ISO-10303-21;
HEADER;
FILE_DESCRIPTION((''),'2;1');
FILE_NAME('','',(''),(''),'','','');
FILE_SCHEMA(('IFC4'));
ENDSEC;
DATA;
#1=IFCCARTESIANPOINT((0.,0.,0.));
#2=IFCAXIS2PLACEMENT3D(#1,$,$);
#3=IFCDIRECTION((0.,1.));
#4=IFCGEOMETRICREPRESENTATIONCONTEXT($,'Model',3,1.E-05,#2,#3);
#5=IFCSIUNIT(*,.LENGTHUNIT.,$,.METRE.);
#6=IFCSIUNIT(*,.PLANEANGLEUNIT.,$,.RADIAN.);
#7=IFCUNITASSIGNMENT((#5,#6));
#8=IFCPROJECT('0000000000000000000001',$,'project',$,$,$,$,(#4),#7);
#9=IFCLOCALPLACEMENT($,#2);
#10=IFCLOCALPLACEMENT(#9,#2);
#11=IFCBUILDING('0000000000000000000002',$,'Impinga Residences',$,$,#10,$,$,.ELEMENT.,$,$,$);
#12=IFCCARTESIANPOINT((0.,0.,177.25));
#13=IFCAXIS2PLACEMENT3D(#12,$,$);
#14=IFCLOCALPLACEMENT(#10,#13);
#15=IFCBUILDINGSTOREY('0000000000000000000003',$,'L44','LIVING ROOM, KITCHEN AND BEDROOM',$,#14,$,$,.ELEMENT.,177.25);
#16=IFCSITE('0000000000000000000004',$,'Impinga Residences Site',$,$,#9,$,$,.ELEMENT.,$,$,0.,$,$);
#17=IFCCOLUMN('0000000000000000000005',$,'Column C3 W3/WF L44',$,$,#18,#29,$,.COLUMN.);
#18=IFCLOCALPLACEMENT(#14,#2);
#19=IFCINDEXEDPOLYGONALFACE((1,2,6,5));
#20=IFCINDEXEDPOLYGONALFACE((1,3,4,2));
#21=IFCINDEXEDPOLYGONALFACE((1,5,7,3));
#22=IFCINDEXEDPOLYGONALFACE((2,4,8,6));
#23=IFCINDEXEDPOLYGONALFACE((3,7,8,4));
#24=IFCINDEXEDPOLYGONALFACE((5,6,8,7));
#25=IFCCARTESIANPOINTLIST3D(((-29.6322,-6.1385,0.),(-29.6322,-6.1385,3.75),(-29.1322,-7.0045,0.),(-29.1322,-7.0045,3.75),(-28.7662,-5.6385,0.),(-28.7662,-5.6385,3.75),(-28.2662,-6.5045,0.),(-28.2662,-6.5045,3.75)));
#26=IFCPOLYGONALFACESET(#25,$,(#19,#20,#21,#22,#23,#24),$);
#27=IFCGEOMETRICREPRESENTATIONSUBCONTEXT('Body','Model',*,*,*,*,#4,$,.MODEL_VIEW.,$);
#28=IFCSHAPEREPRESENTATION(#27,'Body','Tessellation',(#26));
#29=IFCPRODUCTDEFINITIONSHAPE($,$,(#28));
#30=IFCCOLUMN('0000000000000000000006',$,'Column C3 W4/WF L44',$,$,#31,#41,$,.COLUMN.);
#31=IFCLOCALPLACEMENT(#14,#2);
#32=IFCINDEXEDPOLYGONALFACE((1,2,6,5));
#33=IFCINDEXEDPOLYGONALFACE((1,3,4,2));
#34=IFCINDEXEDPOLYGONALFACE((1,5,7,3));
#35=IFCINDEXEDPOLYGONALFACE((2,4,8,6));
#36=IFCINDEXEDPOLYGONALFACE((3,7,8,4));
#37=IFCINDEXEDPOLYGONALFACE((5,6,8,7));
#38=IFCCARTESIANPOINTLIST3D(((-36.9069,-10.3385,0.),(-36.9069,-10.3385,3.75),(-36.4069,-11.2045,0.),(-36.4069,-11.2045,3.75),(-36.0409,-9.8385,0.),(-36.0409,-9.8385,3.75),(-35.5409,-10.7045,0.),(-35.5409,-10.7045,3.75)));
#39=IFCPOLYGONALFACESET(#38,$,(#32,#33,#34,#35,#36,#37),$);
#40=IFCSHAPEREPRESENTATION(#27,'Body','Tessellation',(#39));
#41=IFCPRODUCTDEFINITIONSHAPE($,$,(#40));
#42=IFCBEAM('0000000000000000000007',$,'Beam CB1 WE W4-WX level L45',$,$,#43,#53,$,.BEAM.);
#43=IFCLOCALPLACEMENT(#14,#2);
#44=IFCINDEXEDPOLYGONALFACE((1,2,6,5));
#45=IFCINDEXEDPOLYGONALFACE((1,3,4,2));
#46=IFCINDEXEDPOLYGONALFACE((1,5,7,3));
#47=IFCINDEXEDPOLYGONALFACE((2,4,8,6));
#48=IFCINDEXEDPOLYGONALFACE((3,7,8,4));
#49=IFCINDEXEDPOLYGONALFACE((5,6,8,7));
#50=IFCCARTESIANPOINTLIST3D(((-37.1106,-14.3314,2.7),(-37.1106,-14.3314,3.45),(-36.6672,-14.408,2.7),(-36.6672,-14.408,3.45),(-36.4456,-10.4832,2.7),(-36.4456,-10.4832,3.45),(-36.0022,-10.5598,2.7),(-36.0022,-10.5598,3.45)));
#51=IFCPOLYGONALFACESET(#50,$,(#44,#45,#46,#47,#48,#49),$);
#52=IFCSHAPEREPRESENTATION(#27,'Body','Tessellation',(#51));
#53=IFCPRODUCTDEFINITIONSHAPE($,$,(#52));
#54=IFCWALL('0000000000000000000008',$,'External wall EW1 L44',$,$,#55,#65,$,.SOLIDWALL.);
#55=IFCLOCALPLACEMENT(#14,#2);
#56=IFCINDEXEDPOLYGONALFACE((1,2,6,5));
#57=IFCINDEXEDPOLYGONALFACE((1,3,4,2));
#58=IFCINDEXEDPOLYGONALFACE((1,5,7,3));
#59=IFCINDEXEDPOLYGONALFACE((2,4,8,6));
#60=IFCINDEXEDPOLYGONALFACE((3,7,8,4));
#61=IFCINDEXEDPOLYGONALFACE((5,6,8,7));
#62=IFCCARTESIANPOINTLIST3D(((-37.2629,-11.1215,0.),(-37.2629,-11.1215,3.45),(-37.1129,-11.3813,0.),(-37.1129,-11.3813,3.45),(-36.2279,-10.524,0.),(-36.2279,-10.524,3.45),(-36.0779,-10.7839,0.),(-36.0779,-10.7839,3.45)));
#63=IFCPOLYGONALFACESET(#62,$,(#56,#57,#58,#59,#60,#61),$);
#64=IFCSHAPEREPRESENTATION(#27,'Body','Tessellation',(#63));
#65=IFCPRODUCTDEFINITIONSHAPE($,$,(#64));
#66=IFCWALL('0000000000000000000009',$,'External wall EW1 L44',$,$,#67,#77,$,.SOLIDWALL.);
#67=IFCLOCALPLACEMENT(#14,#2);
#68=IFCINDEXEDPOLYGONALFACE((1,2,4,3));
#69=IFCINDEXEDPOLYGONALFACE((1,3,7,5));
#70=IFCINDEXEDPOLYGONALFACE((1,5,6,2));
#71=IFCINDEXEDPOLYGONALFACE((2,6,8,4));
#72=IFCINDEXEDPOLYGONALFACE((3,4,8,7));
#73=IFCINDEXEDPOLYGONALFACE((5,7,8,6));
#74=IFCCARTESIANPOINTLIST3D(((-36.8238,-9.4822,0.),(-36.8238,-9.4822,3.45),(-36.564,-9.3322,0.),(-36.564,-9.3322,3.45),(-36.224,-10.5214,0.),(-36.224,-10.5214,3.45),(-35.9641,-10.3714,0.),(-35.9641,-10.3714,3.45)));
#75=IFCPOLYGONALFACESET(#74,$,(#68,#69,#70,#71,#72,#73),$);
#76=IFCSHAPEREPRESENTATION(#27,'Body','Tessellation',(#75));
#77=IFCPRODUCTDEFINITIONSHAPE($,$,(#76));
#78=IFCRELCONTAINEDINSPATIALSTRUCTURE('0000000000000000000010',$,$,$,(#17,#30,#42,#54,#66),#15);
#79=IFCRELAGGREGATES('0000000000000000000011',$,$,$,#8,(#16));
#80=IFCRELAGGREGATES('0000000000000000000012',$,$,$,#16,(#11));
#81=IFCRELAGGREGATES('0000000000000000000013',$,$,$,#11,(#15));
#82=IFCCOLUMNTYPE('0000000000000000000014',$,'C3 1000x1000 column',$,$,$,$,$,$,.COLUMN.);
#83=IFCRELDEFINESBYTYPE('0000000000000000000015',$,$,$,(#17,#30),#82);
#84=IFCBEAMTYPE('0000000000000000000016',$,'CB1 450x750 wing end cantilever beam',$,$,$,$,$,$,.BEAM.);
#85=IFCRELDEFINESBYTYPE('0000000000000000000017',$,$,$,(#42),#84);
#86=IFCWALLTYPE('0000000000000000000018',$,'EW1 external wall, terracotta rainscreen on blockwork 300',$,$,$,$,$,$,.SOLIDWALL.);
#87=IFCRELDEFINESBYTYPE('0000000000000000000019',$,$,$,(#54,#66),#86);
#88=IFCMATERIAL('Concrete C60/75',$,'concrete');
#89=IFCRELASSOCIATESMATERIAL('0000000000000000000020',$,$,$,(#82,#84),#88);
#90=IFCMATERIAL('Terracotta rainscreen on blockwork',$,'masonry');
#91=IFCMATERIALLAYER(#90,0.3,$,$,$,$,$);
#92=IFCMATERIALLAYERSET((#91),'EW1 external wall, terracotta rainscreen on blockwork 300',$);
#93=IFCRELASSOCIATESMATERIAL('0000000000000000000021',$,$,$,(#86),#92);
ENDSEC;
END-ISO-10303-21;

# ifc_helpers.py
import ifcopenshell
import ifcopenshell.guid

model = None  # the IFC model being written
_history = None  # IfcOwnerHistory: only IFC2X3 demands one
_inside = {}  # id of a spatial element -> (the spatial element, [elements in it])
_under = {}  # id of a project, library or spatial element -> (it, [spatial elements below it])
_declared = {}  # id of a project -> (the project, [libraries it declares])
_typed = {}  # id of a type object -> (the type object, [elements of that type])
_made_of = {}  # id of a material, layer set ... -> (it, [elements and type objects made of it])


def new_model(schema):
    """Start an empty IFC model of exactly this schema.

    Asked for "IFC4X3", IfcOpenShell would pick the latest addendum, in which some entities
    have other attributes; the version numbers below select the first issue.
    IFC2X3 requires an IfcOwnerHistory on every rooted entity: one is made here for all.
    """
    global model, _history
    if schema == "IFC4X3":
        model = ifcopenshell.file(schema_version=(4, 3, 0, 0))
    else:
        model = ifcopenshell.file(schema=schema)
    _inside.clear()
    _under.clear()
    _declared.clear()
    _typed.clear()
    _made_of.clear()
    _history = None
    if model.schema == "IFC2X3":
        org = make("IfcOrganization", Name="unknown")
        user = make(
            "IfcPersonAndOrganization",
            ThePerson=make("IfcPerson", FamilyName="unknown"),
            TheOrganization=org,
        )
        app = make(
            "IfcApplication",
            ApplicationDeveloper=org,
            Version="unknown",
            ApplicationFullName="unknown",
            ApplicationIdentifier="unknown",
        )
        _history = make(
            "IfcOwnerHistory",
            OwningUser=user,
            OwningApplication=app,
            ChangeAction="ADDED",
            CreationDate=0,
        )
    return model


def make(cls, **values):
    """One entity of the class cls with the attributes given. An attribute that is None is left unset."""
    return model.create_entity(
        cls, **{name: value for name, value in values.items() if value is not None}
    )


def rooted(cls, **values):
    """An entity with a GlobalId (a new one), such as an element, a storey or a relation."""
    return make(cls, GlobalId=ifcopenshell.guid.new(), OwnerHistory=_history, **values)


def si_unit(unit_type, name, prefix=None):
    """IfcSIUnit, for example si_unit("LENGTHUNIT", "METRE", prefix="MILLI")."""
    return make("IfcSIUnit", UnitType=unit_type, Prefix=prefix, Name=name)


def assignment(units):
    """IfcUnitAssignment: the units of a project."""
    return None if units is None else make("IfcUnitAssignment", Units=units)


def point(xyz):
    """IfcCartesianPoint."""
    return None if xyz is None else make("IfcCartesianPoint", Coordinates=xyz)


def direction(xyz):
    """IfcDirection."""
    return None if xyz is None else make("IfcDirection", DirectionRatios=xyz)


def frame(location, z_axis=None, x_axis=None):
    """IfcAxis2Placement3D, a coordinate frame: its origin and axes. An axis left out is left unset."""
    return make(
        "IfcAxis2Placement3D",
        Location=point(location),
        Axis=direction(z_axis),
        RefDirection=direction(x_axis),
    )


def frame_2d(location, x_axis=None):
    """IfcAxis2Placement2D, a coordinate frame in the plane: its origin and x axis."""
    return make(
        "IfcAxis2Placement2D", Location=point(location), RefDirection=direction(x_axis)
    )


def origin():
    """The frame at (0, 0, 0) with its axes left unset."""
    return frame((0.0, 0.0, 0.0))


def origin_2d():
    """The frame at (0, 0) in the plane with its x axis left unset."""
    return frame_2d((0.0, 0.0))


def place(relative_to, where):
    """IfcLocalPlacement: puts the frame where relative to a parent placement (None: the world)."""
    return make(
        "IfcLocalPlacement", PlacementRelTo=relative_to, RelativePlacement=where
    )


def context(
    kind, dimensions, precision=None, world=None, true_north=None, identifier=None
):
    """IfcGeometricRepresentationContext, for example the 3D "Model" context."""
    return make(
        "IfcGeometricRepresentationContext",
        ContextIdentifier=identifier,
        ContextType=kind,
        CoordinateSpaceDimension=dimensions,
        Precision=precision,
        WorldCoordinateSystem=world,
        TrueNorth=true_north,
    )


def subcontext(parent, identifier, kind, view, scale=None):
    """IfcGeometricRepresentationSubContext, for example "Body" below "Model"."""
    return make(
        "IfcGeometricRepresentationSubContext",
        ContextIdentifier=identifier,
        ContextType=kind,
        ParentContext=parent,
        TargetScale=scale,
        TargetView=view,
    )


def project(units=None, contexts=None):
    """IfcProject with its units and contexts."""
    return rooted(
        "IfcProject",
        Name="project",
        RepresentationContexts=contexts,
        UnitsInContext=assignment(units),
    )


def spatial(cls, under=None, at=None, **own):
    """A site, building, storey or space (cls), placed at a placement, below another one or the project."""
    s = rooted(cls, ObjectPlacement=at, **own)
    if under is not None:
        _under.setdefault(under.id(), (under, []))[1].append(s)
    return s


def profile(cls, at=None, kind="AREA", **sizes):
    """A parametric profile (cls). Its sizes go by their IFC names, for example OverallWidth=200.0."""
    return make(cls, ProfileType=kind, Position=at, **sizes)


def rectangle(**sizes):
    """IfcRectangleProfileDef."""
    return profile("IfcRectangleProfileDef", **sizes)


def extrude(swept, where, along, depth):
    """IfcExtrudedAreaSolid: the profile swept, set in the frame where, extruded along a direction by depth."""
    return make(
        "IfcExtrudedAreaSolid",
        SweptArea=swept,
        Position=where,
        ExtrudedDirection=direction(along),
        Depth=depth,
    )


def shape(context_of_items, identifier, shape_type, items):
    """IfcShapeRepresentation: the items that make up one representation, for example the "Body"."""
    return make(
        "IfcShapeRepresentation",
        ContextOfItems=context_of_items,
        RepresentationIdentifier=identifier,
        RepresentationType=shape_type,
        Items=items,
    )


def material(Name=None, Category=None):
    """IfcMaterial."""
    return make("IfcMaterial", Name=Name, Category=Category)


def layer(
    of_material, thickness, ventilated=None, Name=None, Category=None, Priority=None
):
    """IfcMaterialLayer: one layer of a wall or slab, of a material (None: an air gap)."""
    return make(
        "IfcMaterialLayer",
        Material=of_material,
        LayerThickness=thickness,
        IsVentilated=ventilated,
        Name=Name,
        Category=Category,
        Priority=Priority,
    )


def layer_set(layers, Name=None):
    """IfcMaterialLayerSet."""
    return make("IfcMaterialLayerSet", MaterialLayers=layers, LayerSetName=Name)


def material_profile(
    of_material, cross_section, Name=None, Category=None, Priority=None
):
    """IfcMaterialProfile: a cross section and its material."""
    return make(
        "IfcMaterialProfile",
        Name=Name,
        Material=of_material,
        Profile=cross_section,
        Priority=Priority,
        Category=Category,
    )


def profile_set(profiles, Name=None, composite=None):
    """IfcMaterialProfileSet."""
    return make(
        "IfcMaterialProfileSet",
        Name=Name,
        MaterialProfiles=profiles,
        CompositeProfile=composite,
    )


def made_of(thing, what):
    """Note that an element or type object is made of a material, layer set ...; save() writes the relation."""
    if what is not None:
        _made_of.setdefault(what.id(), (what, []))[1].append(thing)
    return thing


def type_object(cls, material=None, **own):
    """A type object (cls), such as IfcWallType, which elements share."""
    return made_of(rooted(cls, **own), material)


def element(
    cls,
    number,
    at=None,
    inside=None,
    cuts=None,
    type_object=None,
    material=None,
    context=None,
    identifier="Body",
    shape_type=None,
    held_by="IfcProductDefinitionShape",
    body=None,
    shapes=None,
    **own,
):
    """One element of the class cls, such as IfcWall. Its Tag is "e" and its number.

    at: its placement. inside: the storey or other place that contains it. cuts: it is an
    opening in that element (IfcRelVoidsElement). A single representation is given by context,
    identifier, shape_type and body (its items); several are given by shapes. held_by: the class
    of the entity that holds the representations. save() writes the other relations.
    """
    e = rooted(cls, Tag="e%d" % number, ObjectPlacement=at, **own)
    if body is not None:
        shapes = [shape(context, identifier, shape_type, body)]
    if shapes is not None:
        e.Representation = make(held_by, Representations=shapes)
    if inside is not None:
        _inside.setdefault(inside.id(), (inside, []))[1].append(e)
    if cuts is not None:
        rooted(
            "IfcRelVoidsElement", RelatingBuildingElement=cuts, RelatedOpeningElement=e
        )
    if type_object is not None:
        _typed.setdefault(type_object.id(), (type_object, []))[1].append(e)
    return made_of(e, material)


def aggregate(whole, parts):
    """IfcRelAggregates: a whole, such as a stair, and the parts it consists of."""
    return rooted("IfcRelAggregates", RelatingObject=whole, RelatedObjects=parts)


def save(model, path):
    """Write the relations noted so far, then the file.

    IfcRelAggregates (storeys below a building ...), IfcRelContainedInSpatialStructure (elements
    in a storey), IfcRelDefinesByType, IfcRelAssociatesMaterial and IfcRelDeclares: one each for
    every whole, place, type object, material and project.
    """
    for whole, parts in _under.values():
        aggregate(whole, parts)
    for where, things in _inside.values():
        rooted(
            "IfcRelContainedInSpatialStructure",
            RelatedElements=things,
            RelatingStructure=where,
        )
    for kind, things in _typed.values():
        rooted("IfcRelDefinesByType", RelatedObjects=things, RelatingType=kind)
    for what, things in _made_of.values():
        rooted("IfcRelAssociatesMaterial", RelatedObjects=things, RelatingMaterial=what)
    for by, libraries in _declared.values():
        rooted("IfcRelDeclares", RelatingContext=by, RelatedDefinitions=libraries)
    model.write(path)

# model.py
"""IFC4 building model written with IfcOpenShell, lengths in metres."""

from ifc_helpers import new_model, si_unit, direction, frame, frame_2d, origin, origin_2d, place, context, subcontext, project, spatial, rectangle, extrude, material, layer, layer_set, material_profile, profile_set, type_object, element, save


model = new_model("IFC4")

# Units and contexts
model_context = context("Model", 3, precision=1e-05, world=origin(), true_north=direction((0.0, 1.0)))
body_context = subcontext(model_context, "Body", "Model", "MODEL_VIEW")
ifc_project = project(units=[si_unit("LENGTHUNIT", "METRE"), si_unit("PLANEANGLEUNIT", "RADIAN")], contexts=[model_context])

# Site, building, storey
site_placement = place(None, origin())
site = spatial("IfcSite", under=ifc_project, at=site_placement, Name="Impinga Residences Site", CompositionType="ELEMENT", RefElevation=0.0)
building_placement = place(site_placement, origin())
building = spatial("IfcBuilding", under=site, at=building_placement, Name="Impinga Residences", CompositionType="ELEMENT")
storey_placement = place(building_placement, frame((0.0, 0.0, 177.25)))
storey = spatial("IfcBuildingStorey", under=building, at=storey_placement, Name="L44", Description="LIVING ROOM, KITCHEN AND BEDROOM", CompositionType="ELEMENT", Elevation=177.25)

# Columns
ifc_material_1 = material(Name="Concrete C60/75", Category="concrete")
ifc_material_profile_1 = material_profile(ifc_material_1, rectangle(XDim=1.0, YDim=1.0, at=origin_2d()), Name="RC 1000x1000")
ifc_profile_set_1 = profile_set([ifc_material_profile_1], Name="Concrete C60/75")
column_type = type_object("IfcColumnType", Name="C3 1000x1000 column", PredefinedType="COLUMN", material=ifc_profile_set_1)
for number, where, z_axis, x_axis, name in (
    (1, (-28.9492, -6.3215, 0.0), (0.0, 0.0, 1.0), (-0.5, 0.866025, 0.0), "Column C3 W3/WF L44"),
    (2, (-36.2239, -10.5215, 0.0), (0.0, 0.0, 1.0), (-0.5, 0.866025, 0.0), "Column C3 W4/WF L44"),
):
    element("IfcColumn", number, at=place(storey_placement, frame(where, z_axis=z_axis, x_axis=x_axis)), inside=storey, type_object=column_type, Name=name, PredefinedType="COLUMN", context=body_context, shape_type="SweptSolid", body=[
        extrude(rectangle(XDim=1.0, YDim=1.0, at=origin_2d()), origin(), (0.0, 0.0, 1.0), 3.75),
    ])

# Beam
ifc_material_profile_2 = material_profile(ifc_material_1, rectangle(XDim=0.45, YDim=0.75, at=origin_2d()), Name="RC 450x750")
ifc_profile_set_2 = profile_set([ifc_material_profile_2], Name="Concrete C60/75")
beam_type = type_object("IfcBeamType", Name="CB1 450x750 wing end cantilever beam", PredefinedType="BEAM", material=ifc_profile_set_2)
beam_placement = place(storey_placement, frame((-36.2239, -10.5215, 3.075), z_axis=(-0.170296, -0.985393, 0.0), x_axis=(0.985393, -0.170296, 0.0)))
element("IfcBeam", 3, at=beam_placement, inside=storey, type_object=beam_type, Name="Beam CB1 WE W4-WX level L45", PredefinedType="BEAM", context=body_context, shape_type="SweptSolid", body=[
    extrude(rectangle(XDim=0.45, YDim=0.75, at=origin_2d()), origin(), (0.0, 0.0, 1.0), 3.9053),
])

# Walls
ifc_material_2 = material(Name="Terracotta rainscreen on blockwork", Category="masonry")
ifc_layer_1 = layer(ifc_material_2, 0.3)
ifc_layer_set_1 = layer_set([ifc_layer_1], Name="EW1 external wall, terracotta rainscreen on blockwork 300")
wall_type_1 = type_object("IfcWallType", Name="EW1 external wall, terracotta rainscreen on blockwork 300", PredefinedType="SOLIDWALL", material=ifc_layer_set_1)
wall_1_placement = place(storey_placement, frame((-37.188, -11.2515, 0.0), z_axis=(0.0, 0.0, 1.0), x_axis=(0.86606, 0.499941, 0.0)))
element("IfcWall", 4, at=wall_1_placement, inside=storey, type_object=wall_type_1, Name="External wall EW1 L44", PredefinedType="SOLIDWALL", context=body_context, shape_type="SweptSolid", body=[
    extrude(rectangle(XDim=1.1951, YDim=0.3, at=frame_2d((0.5977, 0.0))), origin(), (0.0, 0.0, 1.0), 3.45),
])
wall_2_placement = place(storey_placement, frame((-36.094, -10.4465, 0.0), z_axis=(0.0, 0.0, 1.0), x_axis=(-0.499881, 0.866094, 0.0)))
element("IfcWall", 5, at=wall_2_placement, inside=storey, type_object=wall_type_1, Name="External wall EW1 L44", PredefinedType="SOLIDWALL", context=body_context, shape_type="SweptSolid", body=[
    extrude(rectangle(XDim=1.2, YDim=0.3, at=frame_2d((0.6001, 0.0))), origin(), (0.0, 0.0, 1.0), 3.45),
])

save(model, "model.ifc")
